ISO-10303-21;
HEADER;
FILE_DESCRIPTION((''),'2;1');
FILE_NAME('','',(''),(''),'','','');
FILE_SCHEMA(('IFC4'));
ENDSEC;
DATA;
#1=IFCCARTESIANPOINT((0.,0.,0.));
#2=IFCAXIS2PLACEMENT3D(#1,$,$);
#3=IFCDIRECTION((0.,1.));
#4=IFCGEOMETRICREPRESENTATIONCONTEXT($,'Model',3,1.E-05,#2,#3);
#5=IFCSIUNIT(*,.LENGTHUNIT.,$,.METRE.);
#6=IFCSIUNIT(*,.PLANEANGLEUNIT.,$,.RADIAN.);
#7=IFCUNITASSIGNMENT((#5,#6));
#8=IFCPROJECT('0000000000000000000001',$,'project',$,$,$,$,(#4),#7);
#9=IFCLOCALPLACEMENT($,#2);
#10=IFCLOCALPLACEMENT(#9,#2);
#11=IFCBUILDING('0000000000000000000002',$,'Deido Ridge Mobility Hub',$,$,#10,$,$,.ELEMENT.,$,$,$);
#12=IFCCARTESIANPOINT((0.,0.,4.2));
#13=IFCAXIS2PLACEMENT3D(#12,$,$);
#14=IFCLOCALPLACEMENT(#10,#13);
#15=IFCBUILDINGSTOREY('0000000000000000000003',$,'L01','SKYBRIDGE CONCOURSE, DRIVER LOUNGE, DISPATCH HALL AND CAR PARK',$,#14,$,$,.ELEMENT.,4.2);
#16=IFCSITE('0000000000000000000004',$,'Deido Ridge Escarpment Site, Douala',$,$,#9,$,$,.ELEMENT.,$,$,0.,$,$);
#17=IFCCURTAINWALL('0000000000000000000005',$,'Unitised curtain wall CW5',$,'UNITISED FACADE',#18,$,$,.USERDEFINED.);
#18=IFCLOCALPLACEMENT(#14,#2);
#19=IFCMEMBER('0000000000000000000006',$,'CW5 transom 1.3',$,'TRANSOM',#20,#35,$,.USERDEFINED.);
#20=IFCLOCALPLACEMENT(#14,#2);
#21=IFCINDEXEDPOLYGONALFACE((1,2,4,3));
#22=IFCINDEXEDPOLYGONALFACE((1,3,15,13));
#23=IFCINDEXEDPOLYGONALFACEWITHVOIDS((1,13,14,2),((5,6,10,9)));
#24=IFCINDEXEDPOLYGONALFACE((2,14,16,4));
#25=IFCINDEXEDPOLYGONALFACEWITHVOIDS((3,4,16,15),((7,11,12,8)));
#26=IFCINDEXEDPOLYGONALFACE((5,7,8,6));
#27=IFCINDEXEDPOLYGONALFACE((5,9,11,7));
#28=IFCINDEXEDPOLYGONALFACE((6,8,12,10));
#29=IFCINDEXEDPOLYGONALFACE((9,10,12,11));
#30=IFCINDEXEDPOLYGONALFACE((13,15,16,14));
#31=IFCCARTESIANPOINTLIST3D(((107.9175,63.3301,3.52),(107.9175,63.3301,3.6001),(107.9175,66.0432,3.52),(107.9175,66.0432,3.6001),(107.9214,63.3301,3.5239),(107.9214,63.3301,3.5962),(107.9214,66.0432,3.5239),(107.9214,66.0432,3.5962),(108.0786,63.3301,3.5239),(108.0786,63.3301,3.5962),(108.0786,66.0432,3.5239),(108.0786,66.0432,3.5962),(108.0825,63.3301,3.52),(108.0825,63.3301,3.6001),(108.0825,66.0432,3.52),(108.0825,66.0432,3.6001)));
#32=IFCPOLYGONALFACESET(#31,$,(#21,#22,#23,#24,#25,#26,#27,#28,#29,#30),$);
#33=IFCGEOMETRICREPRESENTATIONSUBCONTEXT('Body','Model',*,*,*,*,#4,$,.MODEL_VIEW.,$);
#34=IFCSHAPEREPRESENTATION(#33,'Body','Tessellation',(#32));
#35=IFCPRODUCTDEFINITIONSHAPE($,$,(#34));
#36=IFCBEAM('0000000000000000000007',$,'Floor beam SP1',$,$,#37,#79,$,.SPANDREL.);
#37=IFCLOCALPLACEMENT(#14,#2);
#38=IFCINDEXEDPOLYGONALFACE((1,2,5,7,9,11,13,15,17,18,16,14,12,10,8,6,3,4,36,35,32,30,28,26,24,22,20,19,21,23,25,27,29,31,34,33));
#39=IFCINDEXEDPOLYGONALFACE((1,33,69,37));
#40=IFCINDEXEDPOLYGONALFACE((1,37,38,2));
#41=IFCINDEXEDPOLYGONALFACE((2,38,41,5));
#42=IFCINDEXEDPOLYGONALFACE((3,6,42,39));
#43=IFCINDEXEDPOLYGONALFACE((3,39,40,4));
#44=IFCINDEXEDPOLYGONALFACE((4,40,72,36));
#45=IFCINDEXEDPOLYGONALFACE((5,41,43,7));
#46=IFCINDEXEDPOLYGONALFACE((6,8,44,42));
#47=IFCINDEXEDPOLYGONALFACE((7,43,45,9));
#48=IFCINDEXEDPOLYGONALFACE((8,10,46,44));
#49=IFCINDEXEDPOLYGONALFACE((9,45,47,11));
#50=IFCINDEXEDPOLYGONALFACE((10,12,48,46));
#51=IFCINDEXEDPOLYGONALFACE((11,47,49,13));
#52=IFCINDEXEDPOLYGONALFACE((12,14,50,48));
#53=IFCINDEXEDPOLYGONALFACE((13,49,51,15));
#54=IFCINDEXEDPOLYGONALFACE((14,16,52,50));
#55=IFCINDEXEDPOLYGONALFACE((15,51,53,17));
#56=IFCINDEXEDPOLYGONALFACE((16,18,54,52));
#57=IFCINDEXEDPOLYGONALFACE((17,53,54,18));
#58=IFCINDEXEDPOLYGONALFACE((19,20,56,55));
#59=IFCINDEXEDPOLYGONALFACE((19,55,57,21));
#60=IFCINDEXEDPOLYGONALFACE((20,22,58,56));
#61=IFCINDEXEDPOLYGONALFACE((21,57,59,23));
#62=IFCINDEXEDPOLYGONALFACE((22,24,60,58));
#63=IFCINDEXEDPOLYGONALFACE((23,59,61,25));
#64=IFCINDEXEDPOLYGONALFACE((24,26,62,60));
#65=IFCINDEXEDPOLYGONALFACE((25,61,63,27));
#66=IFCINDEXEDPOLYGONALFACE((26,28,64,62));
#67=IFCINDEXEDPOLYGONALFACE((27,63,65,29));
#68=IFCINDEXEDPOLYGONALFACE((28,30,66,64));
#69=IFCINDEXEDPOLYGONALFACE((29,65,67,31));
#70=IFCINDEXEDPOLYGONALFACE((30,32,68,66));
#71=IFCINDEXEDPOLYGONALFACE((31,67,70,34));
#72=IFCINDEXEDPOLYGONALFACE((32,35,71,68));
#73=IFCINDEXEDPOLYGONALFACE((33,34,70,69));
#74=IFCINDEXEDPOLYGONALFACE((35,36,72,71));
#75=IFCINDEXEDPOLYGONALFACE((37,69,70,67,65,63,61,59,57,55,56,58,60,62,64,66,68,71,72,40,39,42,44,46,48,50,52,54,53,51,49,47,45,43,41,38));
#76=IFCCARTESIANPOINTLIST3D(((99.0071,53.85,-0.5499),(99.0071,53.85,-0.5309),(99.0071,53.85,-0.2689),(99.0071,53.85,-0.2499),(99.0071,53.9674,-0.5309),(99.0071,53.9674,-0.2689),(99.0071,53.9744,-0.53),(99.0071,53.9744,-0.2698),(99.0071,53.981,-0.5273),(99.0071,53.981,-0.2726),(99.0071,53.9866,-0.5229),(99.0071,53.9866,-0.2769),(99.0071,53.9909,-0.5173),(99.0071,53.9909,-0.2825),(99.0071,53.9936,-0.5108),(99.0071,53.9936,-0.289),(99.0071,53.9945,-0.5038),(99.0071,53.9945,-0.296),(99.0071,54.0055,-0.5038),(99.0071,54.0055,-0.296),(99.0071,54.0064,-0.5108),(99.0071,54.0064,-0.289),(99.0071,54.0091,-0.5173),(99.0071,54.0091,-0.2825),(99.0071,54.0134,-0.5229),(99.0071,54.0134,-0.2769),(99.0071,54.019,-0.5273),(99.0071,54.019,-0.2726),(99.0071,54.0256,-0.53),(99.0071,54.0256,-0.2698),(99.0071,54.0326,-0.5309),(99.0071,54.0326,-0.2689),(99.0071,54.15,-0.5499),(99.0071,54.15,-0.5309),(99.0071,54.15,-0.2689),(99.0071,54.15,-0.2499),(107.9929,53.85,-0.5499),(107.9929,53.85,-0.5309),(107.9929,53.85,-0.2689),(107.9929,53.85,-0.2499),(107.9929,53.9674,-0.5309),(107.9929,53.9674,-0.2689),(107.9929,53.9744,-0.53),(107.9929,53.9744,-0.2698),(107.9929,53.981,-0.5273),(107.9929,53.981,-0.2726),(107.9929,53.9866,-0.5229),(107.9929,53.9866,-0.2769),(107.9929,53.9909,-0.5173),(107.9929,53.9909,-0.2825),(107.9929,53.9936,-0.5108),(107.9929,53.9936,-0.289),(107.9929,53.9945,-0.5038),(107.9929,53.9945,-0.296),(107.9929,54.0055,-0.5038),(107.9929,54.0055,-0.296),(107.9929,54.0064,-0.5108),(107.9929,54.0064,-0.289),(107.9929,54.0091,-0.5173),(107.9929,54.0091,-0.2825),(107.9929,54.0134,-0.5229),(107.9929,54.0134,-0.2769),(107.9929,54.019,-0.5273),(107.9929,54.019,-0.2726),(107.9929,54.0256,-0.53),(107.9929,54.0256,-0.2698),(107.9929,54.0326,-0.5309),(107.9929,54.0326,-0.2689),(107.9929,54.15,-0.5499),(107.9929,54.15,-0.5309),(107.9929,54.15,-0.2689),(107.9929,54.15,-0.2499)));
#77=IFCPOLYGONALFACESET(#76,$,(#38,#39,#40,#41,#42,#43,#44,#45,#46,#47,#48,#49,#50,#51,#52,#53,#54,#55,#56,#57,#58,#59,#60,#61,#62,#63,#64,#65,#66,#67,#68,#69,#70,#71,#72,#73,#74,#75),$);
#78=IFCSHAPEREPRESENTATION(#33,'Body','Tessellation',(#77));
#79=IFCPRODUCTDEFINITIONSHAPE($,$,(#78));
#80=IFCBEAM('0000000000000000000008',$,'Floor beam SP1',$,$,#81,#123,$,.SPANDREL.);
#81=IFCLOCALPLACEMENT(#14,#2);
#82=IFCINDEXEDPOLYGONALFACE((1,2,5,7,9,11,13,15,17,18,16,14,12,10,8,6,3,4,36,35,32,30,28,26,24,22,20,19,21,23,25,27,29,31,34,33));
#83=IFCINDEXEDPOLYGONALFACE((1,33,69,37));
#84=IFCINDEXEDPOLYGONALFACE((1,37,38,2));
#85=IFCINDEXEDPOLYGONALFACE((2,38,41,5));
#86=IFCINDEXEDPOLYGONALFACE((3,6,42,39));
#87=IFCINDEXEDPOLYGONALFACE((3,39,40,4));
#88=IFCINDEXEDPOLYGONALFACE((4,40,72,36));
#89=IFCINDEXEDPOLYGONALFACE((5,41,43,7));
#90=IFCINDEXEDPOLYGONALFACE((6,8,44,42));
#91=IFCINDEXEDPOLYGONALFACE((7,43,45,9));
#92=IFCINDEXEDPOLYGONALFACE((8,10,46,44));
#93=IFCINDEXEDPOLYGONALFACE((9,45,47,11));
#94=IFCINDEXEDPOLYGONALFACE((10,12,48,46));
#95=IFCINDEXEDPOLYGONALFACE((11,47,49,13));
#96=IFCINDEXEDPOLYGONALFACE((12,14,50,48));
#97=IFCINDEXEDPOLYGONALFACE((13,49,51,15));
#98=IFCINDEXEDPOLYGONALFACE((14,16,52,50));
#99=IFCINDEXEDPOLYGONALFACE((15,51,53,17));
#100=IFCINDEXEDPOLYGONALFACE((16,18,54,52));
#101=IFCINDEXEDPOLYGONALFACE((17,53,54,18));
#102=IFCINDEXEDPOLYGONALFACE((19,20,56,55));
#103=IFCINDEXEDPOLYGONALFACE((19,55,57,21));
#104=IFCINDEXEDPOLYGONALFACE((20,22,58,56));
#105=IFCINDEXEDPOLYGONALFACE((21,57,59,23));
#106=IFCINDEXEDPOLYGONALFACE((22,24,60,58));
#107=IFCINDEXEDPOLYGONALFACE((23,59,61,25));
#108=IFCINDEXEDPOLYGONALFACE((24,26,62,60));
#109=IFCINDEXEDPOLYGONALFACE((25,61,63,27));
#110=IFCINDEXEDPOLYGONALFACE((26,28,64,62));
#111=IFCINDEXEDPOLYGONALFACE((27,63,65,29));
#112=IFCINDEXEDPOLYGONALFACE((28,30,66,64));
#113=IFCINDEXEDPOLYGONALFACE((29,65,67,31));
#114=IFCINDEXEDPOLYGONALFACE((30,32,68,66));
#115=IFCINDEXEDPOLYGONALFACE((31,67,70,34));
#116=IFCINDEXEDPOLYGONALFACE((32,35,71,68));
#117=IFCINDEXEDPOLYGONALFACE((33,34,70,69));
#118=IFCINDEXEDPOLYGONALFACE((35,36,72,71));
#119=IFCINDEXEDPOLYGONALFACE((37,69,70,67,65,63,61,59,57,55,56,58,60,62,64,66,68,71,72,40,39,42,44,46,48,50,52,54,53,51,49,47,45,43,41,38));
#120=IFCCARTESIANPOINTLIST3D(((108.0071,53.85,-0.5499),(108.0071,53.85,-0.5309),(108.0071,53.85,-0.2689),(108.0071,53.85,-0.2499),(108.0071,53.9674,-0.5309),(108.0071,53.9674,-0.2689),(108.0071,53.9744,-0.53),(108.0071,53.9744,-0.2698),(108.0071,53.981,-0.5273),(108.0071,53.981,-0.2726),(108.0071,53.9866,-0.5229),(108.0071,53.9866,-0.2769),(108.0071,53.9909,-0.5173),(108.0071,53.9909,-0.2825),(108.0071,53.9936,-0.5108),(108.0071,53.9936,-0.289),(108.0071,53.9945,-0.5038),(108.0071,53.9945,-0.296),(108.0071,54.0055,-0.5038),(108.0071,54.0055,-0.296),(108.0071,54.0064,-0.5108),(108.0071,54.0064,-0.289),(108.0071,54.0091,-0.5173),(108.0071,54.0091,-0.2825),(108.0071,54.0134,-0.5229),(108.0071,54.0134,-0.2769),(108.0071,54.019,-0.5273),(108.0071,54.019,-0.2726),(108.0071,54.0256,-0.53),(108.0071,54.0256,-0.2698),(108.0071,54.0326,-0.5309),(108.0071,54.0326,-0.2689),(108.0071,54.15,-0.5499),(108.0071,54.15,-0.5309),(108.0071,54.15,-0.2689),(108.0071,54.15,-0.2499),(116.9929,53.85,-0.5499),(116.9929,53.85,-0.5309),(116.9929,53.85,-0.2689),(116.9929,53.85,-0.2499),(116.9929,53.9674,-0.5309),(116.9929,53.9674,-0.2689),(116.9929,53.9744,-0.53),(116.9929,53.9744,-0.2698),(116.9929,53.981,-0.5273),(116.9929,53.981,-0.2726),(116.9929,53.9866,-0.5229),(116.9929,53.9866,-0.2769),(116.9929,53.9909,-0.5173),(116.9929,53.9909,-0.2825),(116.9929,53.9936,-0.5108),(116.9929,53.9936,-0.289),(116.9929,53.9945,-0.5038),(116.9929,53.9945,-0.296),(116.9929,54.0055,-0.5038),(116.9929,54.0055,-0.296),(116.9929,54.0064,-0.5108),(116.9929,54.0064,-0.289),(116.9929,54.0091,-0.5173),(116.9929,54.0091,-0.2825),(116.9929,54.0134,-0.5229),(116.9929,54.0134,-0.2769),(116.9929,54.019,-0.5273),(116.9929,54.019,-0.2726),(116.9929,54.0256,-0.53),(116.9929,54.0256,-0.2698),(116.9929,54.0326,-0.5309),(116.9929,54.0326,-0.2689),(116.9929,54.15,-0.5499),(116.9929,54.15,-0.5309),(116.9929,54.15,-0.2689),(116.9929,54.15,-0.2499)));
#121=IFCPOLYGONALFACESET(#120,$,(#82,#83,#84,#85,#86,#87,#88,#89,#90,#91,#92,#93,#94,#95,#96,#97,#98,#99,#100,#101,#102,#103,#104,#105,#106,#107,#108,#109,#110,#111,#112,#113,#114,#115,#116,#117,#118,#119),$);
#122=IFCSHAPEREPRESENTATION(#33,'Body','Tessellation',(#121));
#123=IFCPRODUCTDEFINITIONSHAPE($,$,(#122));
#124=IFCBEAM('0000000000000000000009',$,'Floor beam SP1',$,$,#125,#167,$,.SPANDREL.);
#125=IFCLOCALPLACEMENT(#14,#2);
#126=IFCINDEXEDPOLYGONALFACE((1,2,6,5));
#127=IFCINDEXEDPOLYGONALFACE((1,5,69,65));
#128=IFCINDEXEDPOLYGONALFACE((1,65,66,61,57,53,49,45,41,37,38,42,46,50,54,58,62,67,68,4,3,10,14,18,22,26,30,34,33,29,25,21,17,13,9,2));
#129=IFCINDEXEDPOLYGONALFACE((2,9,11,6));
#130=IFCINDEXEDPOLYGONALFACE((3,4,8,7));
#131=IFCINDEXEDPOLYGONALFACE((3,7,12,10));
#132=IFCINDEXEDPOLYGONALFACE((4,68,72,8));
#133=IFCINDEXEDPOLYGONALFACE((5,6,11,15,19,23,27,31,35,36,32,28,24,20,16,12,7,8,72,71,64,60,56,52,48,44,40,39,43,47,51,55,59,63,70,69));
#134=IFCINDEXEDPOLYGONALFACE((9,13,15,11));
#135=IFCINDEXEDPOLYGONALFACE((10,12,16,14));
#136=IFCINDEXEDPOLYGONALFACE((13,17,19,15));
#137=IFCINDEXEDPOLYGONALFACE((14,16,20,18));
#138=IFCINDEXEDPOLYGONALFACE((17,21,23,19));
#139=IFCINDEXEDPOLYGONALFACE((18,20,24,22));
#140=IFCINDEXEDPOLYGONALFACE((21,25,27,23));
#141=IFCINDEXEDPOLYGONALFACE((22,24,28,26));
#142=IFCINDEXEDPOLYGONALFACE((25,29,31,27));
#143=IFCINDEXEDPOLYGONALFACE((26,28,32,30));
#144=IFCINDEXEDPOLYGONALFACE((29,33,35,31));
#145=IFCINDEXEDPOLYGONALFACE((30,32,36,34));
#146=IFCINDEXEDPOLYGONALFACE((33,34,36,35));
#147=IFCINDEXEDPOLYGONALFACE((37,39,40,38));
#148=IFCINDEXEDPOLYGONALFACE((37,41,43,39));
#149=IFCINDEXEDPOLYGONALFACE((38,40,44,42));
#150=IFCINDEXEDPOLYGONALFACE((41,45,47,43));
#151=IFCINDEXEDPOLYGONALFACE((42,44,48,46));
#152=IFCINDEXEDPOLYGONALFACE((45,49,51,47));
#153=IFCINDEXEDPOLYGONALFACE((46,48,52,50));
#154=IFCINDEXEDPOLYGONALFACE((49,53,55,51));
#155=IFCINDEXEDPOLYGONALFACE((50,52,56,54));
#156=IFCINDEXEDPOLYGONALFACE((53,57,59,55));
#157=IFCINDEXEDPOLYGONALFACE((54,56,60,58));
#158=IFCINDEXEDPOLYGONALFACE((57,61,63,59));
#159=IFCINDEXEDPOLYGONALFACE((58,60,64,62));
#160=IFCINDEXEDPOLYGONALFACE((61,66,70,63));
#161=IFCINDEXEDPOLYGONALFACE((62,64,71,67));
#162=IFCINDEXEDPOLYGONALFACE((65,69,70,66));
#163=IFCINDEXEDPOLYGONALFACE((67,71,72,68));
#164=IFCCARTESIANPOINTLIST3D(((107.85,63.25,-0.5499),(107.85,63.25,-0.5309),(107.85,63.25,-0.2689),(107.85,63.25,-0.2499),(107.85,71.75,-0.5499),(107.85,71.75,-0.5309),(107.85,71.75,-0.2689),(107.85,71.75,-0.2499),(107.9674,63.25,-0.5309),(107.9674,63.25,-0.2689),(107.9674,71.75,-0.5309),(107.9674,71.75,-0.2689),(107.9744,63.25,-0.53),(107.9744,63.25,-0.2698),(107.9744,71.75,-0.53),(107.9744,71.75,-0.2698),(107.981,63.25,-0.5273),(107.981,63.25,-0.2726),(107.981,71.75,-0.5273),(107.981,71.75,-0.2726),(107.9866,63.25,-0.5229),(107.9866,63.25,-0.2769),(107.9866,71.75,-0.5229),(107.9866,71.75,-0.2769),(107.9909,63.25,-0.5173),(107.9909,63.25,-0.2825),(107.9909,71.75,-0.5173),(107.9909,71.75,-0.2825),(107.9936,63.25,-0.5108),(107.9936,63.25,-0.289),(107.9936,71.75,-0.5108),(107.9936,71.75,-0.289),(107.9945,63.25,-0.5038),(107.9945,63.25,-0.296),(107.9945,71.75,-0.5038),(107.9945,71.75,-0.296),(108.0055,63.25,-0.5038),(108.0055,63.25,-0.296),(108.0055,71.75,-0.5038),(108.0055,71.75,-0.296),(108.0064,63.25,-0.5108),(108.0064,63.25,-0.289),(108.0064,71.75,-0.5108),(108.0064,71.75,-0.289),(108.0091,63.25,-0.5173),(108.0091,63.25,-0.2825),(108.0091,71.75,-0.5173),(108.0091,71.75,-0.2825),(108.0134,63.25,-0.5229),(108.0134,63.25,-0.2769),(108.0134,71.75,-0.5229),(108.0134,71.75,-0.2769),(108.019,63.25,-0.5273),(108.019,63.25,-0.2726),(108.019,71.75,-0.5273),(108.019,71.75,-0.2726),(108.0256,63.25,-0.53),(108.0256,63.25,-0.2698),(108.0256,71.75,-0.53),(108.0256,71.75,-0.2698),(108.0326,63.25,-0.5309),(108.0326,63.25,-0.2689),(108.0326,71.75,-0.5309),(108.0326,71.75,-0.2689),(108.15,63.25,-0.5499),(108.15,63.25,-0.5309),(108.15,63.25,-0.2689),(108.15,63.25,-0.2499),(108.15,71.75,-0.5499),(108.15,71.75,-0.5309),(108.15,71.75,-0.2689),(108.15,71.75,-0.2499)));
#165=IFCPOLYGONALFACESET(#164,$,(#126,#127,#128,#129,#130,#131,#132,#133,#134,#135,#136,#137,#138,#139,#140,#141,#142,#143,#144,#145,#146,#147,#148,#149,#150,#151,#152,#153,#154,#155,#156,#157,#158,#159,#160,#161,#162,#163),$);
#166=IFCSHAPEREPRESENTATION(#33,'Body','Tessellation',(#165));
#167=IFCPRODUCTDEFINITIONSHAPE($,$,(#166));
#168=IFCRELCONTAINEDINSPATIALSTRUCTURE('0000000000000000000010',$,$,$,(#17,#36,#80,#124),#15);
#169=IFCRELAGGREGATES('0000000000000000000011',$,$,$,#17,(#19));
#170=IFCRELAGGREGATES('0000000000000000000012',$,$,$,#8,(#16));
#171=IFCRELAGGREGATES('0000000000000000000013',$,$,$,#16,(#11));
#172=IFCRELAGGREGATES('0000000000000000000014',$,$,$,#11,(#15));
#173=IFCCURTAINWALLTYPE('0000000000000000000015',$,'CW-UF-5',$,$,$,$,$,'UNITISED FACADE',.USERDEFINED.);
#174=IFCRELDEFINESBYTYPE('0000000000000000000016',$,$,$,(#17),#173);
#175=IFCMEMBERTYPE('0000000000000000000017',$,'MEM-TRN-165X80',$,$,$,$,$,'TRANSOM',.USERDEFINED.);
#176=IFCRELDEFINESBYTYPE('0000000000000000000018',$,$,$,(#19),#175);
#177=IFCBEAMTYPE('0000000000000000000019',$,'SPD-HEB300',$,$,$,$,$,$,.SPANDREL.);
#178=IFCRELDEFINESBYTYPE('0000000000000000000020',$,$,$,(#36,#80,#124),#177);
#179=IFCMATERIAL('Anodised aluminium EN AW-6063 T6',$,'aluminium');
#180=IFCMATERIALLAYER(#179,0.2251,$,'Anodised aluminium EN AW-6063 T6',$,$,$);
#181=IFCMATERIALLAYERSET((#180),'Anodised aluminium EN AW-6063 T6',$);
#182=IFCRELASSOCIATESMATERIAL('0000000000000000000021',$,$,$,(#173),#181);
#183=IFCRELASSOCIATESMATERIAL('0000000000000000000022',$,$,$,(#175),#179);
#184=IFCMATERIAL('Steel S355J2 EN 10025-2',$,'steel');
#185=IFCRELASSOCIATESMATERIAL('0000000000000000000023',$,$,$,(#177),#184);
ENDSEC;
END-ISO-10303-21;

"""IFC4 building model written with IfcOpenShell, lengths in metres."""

from ifc_helpers import new_model, si_unit, direction, frame, origin, origin_2d, place, context, subcontext, project, spatial, hollow_rectangle, i_section, extrude, material, layer, layer_set, material_profile, profile_set, type_object, element, aggregate, save


model = new_model("IFC4")

# Units and contexts
model_context = context("Model", 3, precision=1e-05, world=origin(), true_north=direction((0.0, 1.0)))
body_context = subcontext(model_context, "Body", "Model", "MODEL_VIEW")
ifc_project = project(units=[si_unit("LENGTHUNIT", "METRE"), si_unit("PLANEANGLEUNIT", "RADIAN")], contexts=[model_context])

# Site, building, storey
site_placement = place(None, origin())
site = spatial("IfcSite", under=ifc_project, at=site_placement, Name="Deido Ridge Escarpment Site, Douala", CompositionType="ELEMENT", RefElevation=0.0)
building_placement = place(site_placement, origin())
building = spatial("IfcBuilding", under=site, at=building_placement, Name="Deido Ridge Mobility Hub", CompositionType="ELEMENT")
storey_placement = place(building_placement, frame((0.0, 0.0, 4.2)))
storey = spatial("IfcBuildingStorey", under=building, at=storey_placement, Name="L01", Description="SKYBRIDGE CONCOURSE, DRIVER LOUNGE, DISPATCH HALL AND CAR PARK", CompositionType="ELEMENT", Elevation=4.2)

# Shared definitions
ifc_material_1 = material(Name="Steel S355J2 EN 10025-2", Category="steel")

# Curtain wall, member
ifc_material_2 = material(Name="Anodised aluminium EN AW-6063 T6", Category="aluminium")
ifc_layer_1 = layer(ifc_material_2, 0.2251, Name="Anodised aluminium EN AW-6063 T6")
ifc_layer_set_1 = layer_set([ifc_layer_1], Name="Anodised aluminium EN AW-6063 T6")
curtain_wall_type = type_object("IfcCurtainWallType", Name="CW-UF-5", ElementType="UNITISED FACADE", PredefinedType="USERDEFINED", material=ifc_layer_set_1)
curtain_wall_placement = place(storey_placement, origin())
curtain_wall = element("IfcCurtainWall", 1, at=curtain_wall_placement, inside=storey, type_object=curtain_wall_type, Name="Unitised curtain wall CW5", ObjectType="UNITISED FACADE", PredefinedType="USERDEFINED")
ifc_material_profile_1 = material_profile(ifc_material_2, hollow_rectangle(XDim=0.165, YDim=0.0801, WallThickness=0.0039, at=origin_2d()), Name="RHS 165x80x4")
ifc_profile_set_1 = profile_set([ifc_material_profile_1], Name="Anodised aluminium EN AW-6063 T6")
member_type_1 = type_object("IfcMemberType", Name="MEM-TRN-165X80", ElementType="TRANSOM", PredefinedType="USERDEFINED", material=ifc_profile_set_1)
member_1_placement = place(storey_placement, frame((108.0, 63.3301, 3.5601), z_axis=(0.0, 1.0, 0.0), x_axis=(-1.0, 0.0, 0.0)))
member_1 = element("IfcMember", 2, at=member_1_placement, type_object=member_type_1, Name="CW5 transom 1.3", ObjectType="TRANSOM", PredefinedType="USERDEFINED", context=body_context, shape_type="SweptSolid", body=[
    extrude(hollow_rectangle(XDim=0.165, YDim=0.0801, WallThickness=0.0039, at=origin_2d()), origin(), (0.0, 0.0, 1.0), 2.7131),
])
aggregate(curtain_wall, [member_1])

# Beams
ifc_material_profile_2 = material_profile(ifc_material_1, i_section(OverallWidth=0.3, OverallDepth=0.3, WebThickness=0.011, FlangeThickness=0.019, FilletRadius=0.0271, at=origin_2d()), Name="HEB 300")
ifc_profile_set_2 = profile_set([ifc_material_profile_2], Name="Steel S355J2 EN 10025-2")
beam_type_1 = type_object("IfcBeamType", Name="SPD-HEB300", PredefinedType="SPANDREL", material=ifc_profile_set_2)
for number, where, z_axis, x_axis, name in (
    (3, (99.0071, 54.0, -0.3999), (1.0, 0.0, 0.0), (0.0, 1.0, 0.0), "Floor beam SP1"),
    (4, (108.0071, 54.0, -0.3999), (1.0, 0.0, 0.0), (0.0, 1.0, 0.0), "Floor beam SP1"),
):
    element("IfcBeam", number, at=place(storey_placement, frame(where, z_axis=z_axis, x_axis=x_axis)), inside=storey, type_object=beam_type_1, Name=name, PredefinedType="SPANDREL", context=body_context, shape_type="SweptSolid", body=[
        extrude(i_section(OverallWidth=0.3, OverallDepth=0.3, WebThickness=0.011, FlangeThickness=0.019, FilletRadius=0.0271, at=origin_2d()), origin(), (0.0, 0.0, 1.0), 8.9858),
    ])
beam_1_placement = place(storey_placement, frame((108.0, 63.25, -0.3999), z_axis=(0.0, 1.0, 0.0), x_axis=(-1.0, 0.0, 0.0)))
element("IfcBeam", 5, at=beam_1_placement, inside=storey, type_object=beam_type_1, Name="Floor beam SP1", PredefinedType="SPANDREL", context=body_context, shape_type="SweptSolid", body=[
    extrude(i_section(OverallWidth=0.3, OverallDepth=0.3, WebThickness=0.011, FlangeThickness=0.019, FilletRadius=0.0271, at=origin_2d()), origin(), (0.0, 0.0, 1.0), 8.5),
])

save(model, "model.ifc")
